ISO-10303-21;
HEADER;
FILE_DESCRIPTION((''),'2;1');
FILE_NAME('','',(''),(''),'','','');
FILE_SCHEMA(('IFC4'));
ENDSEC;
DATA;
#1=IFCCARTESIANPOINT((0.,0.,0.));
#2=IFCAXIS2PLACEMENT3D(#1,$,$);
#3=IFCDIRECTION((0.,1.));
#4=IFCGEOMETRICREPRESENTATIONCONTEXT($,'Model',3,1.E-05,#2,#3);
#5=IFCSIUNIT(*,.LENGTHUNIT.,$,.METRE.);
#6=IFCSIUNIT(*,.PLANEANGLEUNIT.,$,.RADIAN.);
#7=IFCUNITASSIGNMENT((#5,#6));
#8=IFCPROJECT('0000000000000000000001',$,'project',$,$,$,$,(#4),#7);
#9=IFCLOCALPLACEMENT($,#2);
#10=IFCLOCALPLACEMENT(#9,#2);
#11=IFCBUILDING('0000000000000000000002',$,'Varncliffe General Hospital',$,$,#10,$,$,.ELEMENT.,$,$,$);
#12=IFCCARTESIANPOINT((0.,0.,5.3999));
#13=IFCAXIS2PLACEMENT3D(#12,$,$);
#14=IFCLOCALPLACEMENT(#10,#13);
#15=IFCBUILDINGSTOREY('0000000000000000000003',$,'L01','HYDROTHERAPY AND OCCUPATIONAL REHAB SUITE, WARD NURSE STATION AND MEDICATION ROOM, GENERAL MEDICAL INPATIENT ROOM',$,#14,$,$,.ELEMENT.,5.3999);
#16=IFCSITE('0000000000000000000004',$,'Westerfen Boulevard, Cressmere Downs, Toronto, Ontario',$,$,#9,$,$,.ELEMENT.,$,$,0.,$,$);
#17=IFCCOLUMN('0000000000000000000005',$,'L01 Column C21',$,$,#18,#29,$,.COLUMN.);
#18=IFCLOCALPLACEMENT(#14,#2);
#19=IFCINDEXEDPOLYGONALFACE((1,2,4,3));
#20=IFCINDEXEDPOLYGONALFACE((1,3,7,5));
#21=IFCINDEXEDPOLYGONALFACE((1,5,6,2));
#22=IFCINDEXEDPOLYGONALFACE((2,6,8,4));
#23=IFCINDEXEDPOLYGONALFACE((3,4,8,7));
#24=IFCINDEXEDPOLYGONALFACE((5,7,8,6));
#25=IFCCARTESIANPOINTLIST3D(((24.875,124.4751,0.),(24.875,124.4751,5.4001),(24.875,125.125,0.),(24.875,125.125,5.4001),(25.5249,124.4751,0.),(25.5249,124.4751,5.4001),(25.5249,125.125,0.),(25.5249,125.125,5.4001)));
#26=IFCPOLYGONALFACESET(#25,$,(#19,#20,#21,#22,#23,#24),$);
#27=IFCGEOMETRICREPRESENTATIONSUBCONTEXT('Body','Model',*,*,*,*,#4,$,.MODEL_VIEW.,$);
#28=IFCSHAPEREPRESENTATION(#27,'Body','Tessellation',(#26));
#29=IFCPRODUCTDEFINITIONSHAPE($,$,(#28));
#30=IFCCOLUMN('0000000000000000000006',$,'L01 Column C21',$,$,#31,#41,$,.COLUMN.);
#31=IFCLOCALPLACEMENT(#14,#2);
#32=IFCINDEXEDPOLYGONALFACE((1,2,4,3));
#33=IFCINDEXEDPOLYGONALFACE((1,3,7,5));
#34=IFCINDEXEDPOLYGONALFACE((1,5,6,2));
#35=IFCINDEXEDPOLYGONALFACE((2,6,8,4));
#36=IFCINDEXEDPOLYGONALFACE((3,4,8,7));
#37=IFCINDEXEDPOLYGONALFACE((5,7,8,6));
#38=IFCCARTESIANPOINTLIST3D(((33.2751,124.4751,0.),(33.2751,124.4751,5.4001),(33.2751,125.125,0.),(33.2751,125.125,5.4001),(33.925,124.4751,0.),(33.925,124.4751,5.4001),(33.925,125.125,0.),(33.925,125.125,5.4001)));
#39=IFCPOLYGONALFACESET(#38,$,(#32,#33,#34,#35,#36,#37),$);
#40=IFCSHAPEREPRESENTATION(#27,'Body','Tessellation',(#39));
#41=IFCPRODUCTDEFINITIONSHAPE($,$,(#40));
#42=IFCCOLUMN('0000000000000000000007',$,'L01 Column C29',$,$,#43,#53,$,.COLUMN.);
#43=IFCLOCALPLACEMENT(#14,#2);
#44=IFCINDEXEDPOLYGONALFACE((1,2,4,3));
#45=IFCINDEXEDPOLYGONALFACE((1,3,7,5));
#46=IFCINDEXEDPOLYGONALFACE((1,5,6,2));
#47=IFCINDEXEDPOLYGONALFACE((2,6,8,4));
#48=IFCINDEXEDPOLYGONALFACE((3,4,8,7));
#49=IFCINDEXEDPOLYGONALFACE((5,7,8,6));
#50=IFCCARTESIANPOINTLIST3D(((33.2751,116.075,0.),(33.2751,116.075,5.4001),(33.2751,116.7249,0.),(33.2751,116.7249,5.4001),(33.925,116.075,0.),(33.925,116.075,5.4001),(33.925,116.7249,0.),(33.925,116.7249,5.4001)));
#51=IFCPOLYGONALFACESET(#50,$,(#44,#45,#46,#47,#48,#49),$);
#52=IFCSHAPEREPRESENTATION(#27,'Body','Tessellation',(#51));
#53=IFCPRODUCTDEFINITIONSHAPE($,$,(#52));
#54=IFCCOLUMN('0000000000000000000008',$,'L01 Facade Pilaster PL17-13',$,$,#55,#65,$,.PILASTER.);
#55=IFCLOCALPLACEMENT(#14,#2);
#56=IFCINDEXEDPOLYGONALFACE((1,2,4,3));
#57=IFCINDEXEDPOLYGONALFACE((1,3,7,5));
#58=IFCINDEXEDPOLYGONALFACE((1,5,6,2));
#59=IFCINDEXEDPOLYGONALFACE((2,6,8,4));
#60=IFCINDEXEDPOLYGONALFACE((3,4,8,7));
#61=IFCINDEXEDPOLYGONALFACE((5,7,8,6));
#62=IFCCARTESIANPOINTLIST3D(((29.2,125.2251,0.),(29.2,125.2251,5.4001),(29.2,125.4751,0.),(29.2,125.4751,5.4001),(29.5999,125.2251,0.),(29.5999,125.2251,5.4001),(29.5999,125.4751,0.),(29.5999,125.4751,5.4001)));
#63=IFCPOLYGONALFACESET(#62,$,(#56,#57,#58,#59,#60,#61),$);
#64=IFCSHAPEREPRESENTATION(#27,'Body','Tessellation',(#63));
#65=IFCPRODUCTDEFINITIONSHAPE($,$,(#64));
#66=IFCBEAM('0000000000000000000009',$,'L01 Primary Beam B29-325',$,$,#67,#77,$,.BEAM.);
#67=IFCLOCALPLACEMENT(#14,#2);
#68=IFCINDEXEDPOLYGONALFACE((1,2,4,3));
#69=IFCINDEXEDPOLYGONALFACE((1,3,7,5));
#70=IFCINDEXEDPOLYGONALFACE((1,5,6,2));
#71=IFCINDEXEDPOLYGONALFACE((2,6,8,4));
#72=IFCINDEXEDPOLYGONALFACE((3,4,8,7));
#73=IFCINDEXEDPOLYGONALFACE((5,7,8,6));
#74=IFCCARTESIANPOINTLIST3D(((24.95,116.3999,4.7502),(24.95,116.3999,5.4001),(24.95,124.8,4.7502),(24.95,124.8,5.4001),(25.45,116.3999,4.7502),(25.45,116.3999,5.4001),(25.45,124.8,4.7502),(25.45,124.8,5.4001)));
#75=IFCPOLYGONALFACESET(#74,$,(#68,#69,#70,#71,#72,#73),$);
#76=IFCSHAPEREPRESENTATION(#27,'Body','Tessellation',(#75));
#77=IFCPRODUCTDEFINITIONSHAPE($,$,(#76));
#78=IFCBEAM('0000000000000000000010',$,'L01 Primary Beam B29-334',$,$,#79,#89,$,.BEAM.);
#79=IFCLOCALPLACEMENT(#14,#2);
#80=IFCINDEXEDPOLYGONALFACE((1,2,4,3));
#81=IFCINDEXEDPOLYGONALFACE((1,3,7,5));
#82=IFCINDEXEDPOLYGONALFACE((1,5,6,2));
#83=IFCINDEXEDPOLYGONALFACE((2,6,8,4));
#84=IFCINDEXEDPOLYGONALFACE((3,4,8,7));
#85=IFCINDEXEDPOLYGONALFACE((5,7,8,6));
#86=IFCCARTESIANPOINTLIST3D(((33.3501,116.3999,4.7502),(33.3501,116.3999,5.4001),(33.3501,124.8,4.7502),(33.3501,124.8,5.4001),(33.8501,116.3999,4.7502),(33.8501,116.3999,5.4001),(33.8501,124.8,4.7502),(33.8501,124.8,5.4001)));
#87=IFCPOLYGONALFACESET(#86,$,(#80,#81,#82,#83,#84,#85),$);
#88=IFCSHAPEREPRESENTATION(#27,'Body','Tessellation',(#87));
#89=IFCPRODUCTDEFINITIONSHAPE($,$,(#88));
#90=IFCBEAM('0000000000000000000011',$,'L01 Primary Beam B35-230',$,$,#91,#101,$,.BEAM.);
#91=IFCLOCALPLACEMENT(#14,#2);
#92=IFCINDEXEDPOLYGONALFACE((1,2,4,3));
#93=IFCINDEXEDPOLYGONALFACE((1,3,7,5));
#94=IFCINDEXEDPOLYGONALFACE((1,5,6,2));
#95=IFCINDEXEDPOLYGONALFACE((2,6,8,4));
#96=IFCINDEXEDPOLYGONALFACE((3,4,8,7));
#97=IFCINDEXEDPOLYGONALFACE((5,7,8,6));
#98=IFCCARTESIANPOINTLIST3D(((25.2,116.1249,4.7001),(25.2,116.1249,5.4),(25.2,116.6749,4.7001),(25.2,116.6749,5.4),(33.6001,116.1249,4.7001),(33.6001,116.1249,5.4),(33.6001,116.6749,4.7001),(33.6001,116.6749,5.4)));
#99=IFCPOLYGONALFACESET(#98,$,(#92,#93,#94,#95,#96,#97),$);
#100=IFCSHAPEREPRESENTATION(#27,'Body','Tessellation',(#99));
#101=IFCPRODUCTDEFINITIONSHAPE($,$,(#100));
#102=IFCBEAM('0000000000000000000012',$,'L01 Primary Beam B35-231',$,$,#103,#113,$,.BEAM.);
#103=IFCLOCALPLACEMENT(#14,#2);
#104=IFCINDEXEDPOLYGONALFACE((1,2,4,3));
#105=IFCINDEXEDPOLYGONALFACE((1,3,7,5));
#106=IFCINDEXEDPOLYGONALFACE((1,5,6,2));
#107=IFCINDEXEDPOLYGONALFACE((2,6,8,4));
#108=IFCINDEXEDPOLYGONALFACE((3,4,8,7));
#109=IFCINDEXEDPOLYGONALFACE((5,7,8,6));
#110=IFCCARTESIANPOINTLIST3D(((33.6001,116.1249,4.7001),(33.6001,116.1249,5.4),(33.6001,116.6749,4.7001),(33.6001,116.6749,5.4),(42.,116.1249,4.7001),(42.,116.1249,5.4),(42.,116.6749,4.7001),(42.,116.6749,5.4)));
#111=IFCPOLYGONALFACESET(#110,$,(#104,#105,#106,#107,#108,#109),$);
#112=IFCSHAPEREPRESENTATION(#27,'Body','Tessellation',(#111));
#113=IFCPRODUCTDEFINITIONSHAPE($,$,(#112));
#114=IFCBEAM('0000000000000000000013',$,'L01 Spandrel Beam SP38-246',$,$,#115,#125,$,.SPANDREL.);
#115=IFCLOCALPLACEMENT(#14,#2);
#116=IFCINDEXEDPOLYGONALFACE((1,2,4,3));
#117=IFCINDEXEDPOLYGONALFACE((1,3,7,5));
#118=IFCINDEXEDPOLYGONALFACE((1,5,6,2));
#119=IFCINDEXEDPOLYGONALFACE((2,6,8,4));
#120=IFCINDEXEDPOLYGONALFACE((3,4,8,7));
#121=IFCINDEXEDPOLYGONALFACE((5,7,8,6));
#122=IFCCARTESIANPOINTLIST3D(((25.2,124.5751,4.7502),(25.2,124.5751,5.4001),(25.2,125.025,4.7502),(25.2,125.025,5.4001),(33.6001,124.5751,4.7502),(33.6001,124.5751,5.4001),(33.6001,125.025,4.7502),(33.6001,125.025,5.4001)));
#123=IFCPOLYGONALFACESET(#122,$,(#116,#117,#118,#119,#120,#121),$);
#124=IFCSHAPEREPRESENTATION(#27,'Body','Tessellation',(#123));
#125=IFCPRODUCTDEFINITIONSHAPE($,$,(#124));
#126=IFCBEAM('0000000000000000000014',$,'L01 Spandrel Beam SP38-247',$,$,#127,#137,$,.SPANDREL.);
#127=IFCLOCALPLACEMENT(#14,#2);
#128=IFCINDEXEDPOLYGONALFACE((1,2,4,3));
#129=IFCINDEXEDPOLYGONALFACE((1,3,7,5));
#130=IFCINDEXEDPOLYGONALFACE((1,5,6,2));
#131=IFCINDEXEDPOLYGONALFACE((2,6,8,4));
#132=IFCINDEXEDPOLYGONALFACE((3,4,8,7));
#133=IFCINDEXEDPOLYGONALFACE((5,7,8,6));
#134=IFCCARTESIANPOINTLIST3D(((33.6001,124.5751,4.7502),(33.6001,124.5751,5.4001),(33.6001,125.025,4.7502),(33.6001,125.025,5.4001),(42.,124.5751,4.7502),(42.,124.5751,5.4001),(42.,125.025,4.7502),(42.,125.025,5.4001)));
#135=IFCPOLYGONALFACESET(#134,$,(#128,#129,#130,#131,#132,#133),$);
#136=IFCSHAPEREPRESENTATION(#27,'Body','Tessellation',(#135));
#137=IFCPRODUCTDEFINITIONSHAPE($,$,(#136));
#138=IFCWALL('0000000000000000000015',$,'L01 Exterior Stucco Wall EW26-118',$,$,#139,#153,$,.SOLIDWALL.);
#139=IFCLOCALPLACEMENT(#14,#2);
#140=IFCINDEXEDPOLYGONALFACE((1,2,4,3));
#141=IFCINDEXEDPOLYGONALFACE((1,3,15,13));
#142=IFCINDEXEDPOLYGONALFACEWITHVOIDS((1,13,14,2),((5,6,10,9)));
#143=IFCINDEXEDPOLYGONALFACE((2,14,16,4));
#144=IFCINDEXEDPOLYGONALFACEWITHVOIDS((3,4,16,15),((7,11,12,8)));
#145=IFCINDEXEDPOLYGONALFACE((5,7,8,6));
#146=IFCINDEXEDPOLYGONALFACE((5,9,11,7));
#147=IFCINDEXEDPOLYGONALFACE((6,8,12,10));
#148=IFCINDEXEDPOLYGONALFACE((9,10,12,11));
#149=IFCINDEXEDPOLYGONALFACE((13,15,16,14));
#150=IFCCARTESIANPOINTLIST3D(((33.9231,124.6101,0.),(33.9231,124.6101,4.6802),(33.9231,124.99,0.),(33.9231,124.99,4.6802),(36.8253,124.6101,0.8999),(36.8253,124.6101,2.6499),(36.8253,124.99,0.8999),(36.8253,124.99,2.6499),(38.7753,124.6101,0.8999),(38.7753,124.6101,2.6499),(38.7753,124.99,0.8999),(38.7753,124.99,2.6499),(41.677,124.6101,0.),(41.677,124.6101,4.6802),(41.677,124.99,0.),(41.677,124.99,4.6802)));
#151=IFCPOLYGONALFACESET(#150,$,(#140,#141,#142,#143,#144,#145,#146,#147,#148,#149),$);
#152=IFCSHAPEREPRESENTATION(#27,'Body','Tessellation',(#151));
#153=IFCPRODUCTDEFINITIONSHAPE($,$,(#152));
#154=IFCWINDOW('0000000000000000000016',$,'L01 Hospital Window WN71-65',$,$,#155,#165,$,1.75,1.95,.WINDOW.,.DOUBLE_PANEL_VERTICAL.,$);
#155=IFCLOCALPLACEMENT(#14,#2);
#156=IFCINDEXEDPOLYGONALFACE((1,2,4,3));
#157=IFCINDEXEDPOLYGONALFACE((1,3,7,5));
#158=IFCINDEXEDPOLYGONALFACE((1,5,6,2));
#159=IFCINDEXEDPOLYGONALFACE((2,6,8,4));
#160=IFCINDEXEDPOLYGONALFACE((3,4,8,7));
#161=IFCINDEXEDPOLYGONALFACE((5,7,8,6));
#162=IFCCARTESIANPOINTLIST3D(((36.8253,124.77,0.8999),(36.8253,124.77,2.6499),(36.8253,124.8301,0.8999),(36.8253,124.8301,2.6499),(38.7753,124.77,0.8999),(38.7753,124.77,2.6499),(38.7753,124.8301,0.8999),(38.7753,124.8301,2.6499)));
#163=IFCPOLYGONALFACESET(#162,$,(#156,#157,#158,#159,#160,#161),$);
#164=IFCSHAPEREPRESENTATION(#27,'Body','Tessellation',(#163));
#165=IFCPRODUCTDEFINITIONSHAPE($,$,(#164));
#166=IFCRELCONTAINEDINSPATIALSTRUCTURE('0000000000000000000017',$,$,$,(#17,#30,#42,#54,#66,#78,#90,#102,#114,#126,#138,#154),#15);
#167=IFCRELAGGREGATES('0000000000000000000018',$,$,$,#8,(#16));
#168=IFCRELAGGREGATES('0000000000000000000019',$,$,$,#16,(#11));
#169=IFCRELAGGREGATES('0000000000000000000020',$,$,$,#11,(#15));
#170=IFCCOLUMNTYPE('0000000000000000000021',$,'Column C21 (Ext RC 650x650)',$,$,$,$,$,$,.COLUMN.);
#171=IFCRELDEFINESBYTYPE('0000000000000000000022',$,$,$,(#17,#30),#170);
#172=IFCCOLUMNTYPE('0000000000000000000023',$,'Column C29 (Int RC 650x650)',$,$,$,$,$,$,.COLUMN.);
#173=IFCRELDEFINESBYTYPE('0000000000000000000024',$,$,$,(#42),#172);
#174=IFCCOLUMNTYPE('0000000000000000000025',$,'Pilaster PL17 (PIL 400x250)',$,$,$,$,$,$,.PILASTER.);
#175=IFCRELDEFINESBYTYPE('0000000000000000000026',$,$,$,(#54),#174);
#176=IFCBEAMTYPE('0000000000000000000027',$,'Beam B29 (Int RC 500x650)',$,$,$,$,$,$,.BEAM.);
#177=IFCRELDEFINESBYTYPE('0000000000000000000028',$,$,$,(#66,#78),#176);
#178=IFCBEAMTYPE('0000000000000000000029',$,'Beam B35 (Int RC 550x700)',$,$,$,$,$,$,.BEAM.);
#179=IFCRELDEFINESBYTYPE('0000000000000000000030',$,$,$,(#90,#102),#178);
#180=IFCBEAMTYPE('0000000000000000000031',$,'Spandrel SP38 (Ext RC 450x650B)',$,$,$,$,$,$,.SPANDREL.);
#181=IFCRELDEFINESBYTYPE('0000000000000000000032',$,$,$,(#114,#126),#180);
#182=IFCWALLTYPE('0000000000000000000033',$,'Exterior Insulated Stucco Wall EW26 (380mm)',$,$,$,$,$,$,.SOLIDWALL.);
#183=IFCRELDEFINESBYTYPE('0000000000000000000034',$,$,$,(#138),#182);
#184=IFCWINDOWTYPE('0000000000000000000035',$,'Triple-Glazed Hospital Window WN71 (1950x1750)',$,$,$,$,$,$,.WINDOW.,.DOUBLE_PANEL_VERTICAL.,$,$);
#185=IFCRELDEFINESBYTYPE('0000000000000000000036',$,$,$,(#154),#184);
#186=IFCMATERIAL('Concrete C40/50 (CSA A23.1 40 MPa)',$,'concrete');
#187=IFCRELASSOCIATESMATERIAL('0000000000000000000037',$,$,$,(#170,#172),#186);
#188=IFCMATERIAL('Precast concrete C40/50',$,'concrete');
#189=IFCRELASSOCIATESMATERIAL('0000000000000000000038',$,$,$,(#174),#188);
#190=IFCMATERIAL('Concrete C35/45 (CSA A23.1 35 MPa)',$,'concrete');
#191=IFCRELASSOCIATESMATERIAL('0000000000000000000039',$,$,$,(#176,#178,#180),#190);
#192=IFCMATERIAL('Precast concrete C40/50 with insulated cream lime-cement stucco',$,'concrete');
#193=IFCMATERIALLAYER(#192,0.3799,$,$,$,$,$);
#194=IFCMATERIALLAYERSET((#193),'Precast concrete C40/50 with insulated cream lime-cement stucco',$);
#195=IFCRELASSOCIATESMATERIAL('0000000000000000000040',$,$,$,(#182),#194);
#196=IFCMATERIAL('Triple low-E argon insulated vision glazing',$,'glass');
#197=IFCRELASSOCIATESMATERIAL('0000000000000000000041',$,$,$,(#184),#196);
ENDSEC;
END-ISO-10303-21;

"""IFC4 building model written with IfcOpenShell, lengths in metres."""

from ifc_helpers import new_model, si_unit, direction, frame, frame_2d, origin, origin_2d, place, context, subcontext, project, spatial, rectangle, extrude, material, layer, layer_set, material_profile, profile_set, type_object, element, fill, save


model = new_model("IFC4")

# Units and contexts
model_context = context("Model", 3, precision=1e-05, world=origin(), true_north=direction((0.0, 1.0)))
body_context = subcontext(model_context, "Body", "Model", "MODEL_VIEW")
ifc_project = project(units=[si_unit("LENGTHUNIT", "METRE"), si_unit("PLANEANGLEUNIT", "RADIAN")], contexts=[model_context])

# Site, building, storey
site_placement = place(None, origin())
site = spatial("IfcSite", under=ifc_project, at=site_placement, Name="Westerfen Boulevard, Cressmere Downs, Toronto, Ontario", CompositionType="ELEMENT", RefElevation=0.0)
building_placement = place(site_placement, origin())
building = spatial("IfcBuilding", under=site, at=building_placement, Name="Varncliffe General Hospital", CompositionType="ELEMENT")
storey_placement = place(building_placement, frame((0.0, 0.0, 5.3999)))
storey = spatial("IfcBuildingStorey", under=building, at=storey_placement, Name="L01", Description="HYDROTHERAPY AND OCCUPATIONAL REHAB SUITE, WARD NURSE STATION AND MEDICATION ROOM, GENERAL MEDICAL INPATIENT ROOM", CompositionType="ELEMENT", Elevation=5.3999)

# Columns
ifc_material_1 = material(Name="Concrete C40/50 (CSA A23.1 40 MPa)", Category="concrete")
ifc_material_profile_1 = material_profile(ifc_material_1, rectangle(XDim=0.6499, YDim=0.6499, at=origin_2d()), Name="RC 650x650")
ifc_profile_set_1 = profile_set([ifc_material_profile_1], Name="Concrete C40/50 (CSA A23.1 40 MPa)")
column_type_1 = type_object("IfcColumnType", Name="Column C21 (Ext RC 650x650)", PredefinedType="COLUMN", material=ifc_profile_set_1)
for number, where, z_axis, x_axis, name in (
    (1, (25.2, 124.8, 0.0), (0.0, 0.0, 1.0), (1.0, 0.0, 0.0), "L01 Column C21"),
    (2, (33.6001, 124.8, 0.0), (0.0, 0.0, 1.0), (1.0, 0.0, 0.0), "L01 Column C21"),
):
    element("IfcColumn", number, at=place(storey_placement, frame(where, z_axis=z_axis, x_axis=x_axis)), inside=storey, type_object=column_type_1, Name=name, PredefinedType="COLUMN", context=body_context, shape_type="SweptSolid", body=[
        extrude(rectangle(XDim=0.6499, YDim=0.6499, at=origin_2d()), origin(), (0.0, 0.0, 1.0), 5.4001),
    ])
ifc_material_profile_2 = material_profile(ifc_material_1, rectangle(XDim=0.6499, YDim=0.6499, at=origin_2d()), Name="RC 650x650")
ifc_profile_set_2 = profile_set([ifc_material_profile_2], Name="Concrete C40/50 (CSA A23.1 40 MPa)")
column_type_2 = type_object("IfcColumnType", Name="Column C29 (Int RC 650x650)", PredefinedType="COLUMN", material=ifc_profile_set_2)
column_1_placement = place(storey_placement, frame((33.6001, 116.3999, 0.0), z_axis=(0.0, 0.0, 1.0), x_axis=(1.0, 0.0, 0.0)))
element("IfcColumn", 3, at=column_1_placement, inside=storey, type_object=column_type_2, Name="L01 Column C29", PredefinedType="COLUMN", context=body_context, shape_type="SweptSolid", body=[
    extrude(rectangle(XDim=0.6499, YDim=0.6499, at=origin_2d()), origin(), (0.0, 0.0, 1.0), 5.4001),
])
ifc_material_2 = material(Name="Precast concrete C40/50", Category="concrete")
ifc_material_profile_3 = material_profile(ifc_material_2, rectangle(XDim=0.3999, YDim=0.25, at=origin_2d()), Name="PIL 400x250")
ifc_profile_set_3 = profile_set([ifc_material_profile_3], Name="Precast concrete C40/50")
column_type_3 = type_object("IfcColumnType", Name="Pilaster PL17 (PIL 400x250)", PredefinedType="PILASTER", material=ifc_profile_set_3)
column_2_placement = place(storey_placement, frame((29.3999, 125.3501, 0.0), z_axis=(0.0, 0.0, 1.0), x_axis=(1.0, 0.0, 0.0)))
element("IfcColumn", 4, at=column_2_placement, inside=storey, type_object=column_type_3, Name="L01 Facade Pilaster PL17-13", PredefinedType="PILASTER", context=body_context, shape_type="SweptSolid", body=[
    extrude(rectangle(XDim=0.3999, YDim=0.25, at=origin_2d()), origin(), (0.0, 0.0, 1.0), 5.4001),
])

# Beams
ifc_material_3 = material(Name="Concrete C35/45 (CSA A23.1 35 MPa)", Category="concrete")
ifc_material_profile_4 = material_profile(ifc_material_3, rectangle(XDim=0.5, YDim=0.6499, at=origin_2d()), Name="RC 500x650")
ifc_profile_set_4 = profile_set([ifc_material_profile_4], Name="Concrete C35/45 (CSA A23.1 35 MPa)")
beam_type_1 = type_object("IfcBeamType", Name="Beam B29 (Int RC 500x650)", PredefinedType="BEAM", material=ifc_profile_set_4)
for number, where, z_axis, x_axis, name in (
    (5, (25.2, 116.3999, 5.0752), (0.0, 1.0, 0.0), (-1.0, 0.0, 0.0), "L01 Primary Beam B29-325"),
    (6, (33.6001, 116.3999, 5.0752), (0.0, 1.0, 0.0), (-1.0, 0.0, 0.0), "L01 Primary Beam B29-334"),
):
    element("IfcBeam", number, at=place(storey_placement, frame(where, z_axis=z_axis, x_axis=x_axis)), inside=storey, type_object=beam_type_1, Name=name, PredefinedType="BEAM", context=body_context, shape_type="SweptSolid", body=[
        extrude(rectangle(XDim=0.5, YDim=0.6499, at=origin_2d()), origin(), (0.0, 0.0, 1.0), 8.4001),
    ])
ifc_material_profile_5 = material_profile(ifc_material_3, rectangle(XDim=0.55, YDim=0.7, at=origin_2d()), Name="RC 550x700")
ifc_profile_set_5 = profile_set([ifc_material_profile_5], Name="Concrete C35/45 (CSA A23.1 35 MPa)")
beam_type_2 = type_object("IfcBeamType", Name="Beam B35 (Int RC 550x700)", PredefinedType="BEAM", material=ifc_profile_set_5)
beam_1_placement = place(storey_placement, frame((25.2, 116.3999, 5.05), z_axis=(1.0, 0.0, 0.0), x_axis=(0.0, 1.0, 0.0)))
element("IfcBeam", 7, at=beam_1_placement, inside=storey, type_object=beam_type_2, Name="L01 Primary Beam B35-230", PredefinedType="BEAM", context=body_context, shape_type="SweptSolid", body=[
    extrude(rectangle(XDim=0.55, YDim=0.7, at=origin_2d()), origin(), (0.0, 0.0, 1.0), 8.4001),
])
beam_2_placement = place(storey_placement, frame((33.6001, 116.3999, 5.05), z_axis=(1.0, 0.0, 0.0), x_axis=(0.0, 1.0, 0.0)))
element("IfcBeam", 8, at=beam_2_placement, inside=storey, type_object=beam_type_2, Name="L01 Primary Beam B35-231", PredefinedType="BEAM", context=body_context, shape_type="SweptSolid", body=[
    extrude(rectangle(XDim=0.55, YDim=0.7, at=origin_2d()), origin(), (0.0, 0.0, 1.0), 8.3999),
])
ifc_material_profile_6 = material_profile(ifc_material_3, rectangle(XDim=0.45, YDim=0.6499, at=origin_2d()), Name="RC 450x650")
ifc_profile_set_6 = profile_set([ifc_material_profile_6], Name="Concrete C35/45 (CSA A23.1 35 MPa)")
beam_type_3 = type_object("IfcBeamType", Name="Spandrel SP38 (Ext RC 450x650B)", PredefinedType="SPANDREL", material=ifc_profile_set_6)
beam_3_placement = place(storey_placement, frame((25.2, 124.8, 5.0752), z_axis=(1.0, 0.0, 0.0), x_axis=(0.0, 1.0, 0.0)))
element("IfcBeam", 9, at=beam_3_placement, inside=storey, type_object=beam_type_3, Name="L01 Spandrel Beam SP38-246", PredefinedType="SPANDREL", context=body_context, shape_type="SweptSolid", body=[
    extrude(rectangle(XDim=0.45, YDim=0.6499, at=origin_2d()), origin(), (0.0, 0.0, 1.0), 8.4001),
])
beam_4_placement = place(storey_placement, frame((33.6001, 124.8, 5.0752), z_axis=(1.0, 0.0, 0.0), x_axis=(0.0, 1.0, 0.0)))
element("IfcBeam", 10, at=beam_4_placement, inside=storey, type_object=beam_type_3, Name="L01 Spandrel Beam SP38-247", PredefinedType="SPANDREL", context=body_context, shape_type="SweptSolid", body=[
    extrude(rectangle(XDim=0.45, YDim=0.6499, at=origin_2d()), origin(), (0.0, 0.0, 1.0), 8.3999),
])

# Wall, opening, window
ifc_material_4 = material(Name="Precast concrete C40/50 with insulated cream lime-cement stucco", Category="concrete")
ifc_layer_1 = layer(ifc_material_4, 0.3799)
ifc_layer_set_1 = layer_set([ifc_layer_1], Name="Precast concrete C40/50 with insulated cream lime-cement stucco")
wall_type_1 = type_object("IfcWallType", Name="Exterior Insulated Stucco Wall EW26 (380mm)", PredefinedType="SOLIDWALL", material=ifc_layer_set_1)
wall_1_placement = place(storey_placement, frame((33.9231, 124.8, 0.0), z_axis=(0.0, 0.0, 1.0), x_axis=(1.0, 0.0, 0.0)))
wall_1 = element("IfcWall", 11, at=wall_1_placement, inside=storey, type_object=wall_type_1, Name="L01 Exterior Stucco Wall EW26-118", PredefinedType="SOLIDWALL", context=body_context, shape_type="SweptSolid", body=[
    extrude(rectangle(XDim=7.7539, YDim=0.3799, at=frame_2d((3.877, 0.0))), origin(), (0.0, 0.0, 1.0), 4.6802),
])
opening_1_placement = place(wall_1_placement, frame((2.9021, 0.0, 0.8999)))
opening_1 = element("IfcOpeningElement", 12, at=opening_1_placement, cuts=wall_1, PredefinedType="OPENING", context=body_context, shape_type="SweptSolid", body=[
    extrude(rectangle(XDim=1.95, YDim=1.75, at=frame_2d((0.9751, 0.875))), frame((0.0, 0.2, 0.0), z_axis=(0.0, -1.0, 0.0), x_axis=(1.0, 0.0, 0.0)), (0.0, 0.0, 1.0), 0.3999),
])
ifc_material_5 = material(Name="Triple low-E argon insulated vision glazing", Category="glass")
window_type_1 = type_object("IfcWindowType", Name="Triple-Glazed Hospital Window WN71 (1950x1750)", PartitioningType="DOUBLE_PANEL_VERTICAL", PredefinedType="WINDOW", material=ifc_material_5)
window_1_placement = place(opening_1_placement, origin())
window_1 = element("IfcWindow", 13, at=window_1_placement, inside=storey, type_object=window_type_1, Name="L01 Hospital Window WN71-65", OverallHeight=1.75, OverallWidth=1.95, PartitioningType="DOUBLE_PANEL_VERTICAL", PredefinedType="WINDOW", context=body_context, shape_type="SweptSolid", body=[
    extrude(rectangle(XDim=1.95, YDim=1.75, at=frame_2d((0.9751, 0.875))), frame((0.0, 0.03, 0.0), z_axis=(0.0, -1.0, 0.0), x_axis=(1.0, 0.0, 0.0)), (0.0, 0.0, 1.0), 0.0601),
])
fill(opening_1, window_1)

save(model, "model.ifc")
